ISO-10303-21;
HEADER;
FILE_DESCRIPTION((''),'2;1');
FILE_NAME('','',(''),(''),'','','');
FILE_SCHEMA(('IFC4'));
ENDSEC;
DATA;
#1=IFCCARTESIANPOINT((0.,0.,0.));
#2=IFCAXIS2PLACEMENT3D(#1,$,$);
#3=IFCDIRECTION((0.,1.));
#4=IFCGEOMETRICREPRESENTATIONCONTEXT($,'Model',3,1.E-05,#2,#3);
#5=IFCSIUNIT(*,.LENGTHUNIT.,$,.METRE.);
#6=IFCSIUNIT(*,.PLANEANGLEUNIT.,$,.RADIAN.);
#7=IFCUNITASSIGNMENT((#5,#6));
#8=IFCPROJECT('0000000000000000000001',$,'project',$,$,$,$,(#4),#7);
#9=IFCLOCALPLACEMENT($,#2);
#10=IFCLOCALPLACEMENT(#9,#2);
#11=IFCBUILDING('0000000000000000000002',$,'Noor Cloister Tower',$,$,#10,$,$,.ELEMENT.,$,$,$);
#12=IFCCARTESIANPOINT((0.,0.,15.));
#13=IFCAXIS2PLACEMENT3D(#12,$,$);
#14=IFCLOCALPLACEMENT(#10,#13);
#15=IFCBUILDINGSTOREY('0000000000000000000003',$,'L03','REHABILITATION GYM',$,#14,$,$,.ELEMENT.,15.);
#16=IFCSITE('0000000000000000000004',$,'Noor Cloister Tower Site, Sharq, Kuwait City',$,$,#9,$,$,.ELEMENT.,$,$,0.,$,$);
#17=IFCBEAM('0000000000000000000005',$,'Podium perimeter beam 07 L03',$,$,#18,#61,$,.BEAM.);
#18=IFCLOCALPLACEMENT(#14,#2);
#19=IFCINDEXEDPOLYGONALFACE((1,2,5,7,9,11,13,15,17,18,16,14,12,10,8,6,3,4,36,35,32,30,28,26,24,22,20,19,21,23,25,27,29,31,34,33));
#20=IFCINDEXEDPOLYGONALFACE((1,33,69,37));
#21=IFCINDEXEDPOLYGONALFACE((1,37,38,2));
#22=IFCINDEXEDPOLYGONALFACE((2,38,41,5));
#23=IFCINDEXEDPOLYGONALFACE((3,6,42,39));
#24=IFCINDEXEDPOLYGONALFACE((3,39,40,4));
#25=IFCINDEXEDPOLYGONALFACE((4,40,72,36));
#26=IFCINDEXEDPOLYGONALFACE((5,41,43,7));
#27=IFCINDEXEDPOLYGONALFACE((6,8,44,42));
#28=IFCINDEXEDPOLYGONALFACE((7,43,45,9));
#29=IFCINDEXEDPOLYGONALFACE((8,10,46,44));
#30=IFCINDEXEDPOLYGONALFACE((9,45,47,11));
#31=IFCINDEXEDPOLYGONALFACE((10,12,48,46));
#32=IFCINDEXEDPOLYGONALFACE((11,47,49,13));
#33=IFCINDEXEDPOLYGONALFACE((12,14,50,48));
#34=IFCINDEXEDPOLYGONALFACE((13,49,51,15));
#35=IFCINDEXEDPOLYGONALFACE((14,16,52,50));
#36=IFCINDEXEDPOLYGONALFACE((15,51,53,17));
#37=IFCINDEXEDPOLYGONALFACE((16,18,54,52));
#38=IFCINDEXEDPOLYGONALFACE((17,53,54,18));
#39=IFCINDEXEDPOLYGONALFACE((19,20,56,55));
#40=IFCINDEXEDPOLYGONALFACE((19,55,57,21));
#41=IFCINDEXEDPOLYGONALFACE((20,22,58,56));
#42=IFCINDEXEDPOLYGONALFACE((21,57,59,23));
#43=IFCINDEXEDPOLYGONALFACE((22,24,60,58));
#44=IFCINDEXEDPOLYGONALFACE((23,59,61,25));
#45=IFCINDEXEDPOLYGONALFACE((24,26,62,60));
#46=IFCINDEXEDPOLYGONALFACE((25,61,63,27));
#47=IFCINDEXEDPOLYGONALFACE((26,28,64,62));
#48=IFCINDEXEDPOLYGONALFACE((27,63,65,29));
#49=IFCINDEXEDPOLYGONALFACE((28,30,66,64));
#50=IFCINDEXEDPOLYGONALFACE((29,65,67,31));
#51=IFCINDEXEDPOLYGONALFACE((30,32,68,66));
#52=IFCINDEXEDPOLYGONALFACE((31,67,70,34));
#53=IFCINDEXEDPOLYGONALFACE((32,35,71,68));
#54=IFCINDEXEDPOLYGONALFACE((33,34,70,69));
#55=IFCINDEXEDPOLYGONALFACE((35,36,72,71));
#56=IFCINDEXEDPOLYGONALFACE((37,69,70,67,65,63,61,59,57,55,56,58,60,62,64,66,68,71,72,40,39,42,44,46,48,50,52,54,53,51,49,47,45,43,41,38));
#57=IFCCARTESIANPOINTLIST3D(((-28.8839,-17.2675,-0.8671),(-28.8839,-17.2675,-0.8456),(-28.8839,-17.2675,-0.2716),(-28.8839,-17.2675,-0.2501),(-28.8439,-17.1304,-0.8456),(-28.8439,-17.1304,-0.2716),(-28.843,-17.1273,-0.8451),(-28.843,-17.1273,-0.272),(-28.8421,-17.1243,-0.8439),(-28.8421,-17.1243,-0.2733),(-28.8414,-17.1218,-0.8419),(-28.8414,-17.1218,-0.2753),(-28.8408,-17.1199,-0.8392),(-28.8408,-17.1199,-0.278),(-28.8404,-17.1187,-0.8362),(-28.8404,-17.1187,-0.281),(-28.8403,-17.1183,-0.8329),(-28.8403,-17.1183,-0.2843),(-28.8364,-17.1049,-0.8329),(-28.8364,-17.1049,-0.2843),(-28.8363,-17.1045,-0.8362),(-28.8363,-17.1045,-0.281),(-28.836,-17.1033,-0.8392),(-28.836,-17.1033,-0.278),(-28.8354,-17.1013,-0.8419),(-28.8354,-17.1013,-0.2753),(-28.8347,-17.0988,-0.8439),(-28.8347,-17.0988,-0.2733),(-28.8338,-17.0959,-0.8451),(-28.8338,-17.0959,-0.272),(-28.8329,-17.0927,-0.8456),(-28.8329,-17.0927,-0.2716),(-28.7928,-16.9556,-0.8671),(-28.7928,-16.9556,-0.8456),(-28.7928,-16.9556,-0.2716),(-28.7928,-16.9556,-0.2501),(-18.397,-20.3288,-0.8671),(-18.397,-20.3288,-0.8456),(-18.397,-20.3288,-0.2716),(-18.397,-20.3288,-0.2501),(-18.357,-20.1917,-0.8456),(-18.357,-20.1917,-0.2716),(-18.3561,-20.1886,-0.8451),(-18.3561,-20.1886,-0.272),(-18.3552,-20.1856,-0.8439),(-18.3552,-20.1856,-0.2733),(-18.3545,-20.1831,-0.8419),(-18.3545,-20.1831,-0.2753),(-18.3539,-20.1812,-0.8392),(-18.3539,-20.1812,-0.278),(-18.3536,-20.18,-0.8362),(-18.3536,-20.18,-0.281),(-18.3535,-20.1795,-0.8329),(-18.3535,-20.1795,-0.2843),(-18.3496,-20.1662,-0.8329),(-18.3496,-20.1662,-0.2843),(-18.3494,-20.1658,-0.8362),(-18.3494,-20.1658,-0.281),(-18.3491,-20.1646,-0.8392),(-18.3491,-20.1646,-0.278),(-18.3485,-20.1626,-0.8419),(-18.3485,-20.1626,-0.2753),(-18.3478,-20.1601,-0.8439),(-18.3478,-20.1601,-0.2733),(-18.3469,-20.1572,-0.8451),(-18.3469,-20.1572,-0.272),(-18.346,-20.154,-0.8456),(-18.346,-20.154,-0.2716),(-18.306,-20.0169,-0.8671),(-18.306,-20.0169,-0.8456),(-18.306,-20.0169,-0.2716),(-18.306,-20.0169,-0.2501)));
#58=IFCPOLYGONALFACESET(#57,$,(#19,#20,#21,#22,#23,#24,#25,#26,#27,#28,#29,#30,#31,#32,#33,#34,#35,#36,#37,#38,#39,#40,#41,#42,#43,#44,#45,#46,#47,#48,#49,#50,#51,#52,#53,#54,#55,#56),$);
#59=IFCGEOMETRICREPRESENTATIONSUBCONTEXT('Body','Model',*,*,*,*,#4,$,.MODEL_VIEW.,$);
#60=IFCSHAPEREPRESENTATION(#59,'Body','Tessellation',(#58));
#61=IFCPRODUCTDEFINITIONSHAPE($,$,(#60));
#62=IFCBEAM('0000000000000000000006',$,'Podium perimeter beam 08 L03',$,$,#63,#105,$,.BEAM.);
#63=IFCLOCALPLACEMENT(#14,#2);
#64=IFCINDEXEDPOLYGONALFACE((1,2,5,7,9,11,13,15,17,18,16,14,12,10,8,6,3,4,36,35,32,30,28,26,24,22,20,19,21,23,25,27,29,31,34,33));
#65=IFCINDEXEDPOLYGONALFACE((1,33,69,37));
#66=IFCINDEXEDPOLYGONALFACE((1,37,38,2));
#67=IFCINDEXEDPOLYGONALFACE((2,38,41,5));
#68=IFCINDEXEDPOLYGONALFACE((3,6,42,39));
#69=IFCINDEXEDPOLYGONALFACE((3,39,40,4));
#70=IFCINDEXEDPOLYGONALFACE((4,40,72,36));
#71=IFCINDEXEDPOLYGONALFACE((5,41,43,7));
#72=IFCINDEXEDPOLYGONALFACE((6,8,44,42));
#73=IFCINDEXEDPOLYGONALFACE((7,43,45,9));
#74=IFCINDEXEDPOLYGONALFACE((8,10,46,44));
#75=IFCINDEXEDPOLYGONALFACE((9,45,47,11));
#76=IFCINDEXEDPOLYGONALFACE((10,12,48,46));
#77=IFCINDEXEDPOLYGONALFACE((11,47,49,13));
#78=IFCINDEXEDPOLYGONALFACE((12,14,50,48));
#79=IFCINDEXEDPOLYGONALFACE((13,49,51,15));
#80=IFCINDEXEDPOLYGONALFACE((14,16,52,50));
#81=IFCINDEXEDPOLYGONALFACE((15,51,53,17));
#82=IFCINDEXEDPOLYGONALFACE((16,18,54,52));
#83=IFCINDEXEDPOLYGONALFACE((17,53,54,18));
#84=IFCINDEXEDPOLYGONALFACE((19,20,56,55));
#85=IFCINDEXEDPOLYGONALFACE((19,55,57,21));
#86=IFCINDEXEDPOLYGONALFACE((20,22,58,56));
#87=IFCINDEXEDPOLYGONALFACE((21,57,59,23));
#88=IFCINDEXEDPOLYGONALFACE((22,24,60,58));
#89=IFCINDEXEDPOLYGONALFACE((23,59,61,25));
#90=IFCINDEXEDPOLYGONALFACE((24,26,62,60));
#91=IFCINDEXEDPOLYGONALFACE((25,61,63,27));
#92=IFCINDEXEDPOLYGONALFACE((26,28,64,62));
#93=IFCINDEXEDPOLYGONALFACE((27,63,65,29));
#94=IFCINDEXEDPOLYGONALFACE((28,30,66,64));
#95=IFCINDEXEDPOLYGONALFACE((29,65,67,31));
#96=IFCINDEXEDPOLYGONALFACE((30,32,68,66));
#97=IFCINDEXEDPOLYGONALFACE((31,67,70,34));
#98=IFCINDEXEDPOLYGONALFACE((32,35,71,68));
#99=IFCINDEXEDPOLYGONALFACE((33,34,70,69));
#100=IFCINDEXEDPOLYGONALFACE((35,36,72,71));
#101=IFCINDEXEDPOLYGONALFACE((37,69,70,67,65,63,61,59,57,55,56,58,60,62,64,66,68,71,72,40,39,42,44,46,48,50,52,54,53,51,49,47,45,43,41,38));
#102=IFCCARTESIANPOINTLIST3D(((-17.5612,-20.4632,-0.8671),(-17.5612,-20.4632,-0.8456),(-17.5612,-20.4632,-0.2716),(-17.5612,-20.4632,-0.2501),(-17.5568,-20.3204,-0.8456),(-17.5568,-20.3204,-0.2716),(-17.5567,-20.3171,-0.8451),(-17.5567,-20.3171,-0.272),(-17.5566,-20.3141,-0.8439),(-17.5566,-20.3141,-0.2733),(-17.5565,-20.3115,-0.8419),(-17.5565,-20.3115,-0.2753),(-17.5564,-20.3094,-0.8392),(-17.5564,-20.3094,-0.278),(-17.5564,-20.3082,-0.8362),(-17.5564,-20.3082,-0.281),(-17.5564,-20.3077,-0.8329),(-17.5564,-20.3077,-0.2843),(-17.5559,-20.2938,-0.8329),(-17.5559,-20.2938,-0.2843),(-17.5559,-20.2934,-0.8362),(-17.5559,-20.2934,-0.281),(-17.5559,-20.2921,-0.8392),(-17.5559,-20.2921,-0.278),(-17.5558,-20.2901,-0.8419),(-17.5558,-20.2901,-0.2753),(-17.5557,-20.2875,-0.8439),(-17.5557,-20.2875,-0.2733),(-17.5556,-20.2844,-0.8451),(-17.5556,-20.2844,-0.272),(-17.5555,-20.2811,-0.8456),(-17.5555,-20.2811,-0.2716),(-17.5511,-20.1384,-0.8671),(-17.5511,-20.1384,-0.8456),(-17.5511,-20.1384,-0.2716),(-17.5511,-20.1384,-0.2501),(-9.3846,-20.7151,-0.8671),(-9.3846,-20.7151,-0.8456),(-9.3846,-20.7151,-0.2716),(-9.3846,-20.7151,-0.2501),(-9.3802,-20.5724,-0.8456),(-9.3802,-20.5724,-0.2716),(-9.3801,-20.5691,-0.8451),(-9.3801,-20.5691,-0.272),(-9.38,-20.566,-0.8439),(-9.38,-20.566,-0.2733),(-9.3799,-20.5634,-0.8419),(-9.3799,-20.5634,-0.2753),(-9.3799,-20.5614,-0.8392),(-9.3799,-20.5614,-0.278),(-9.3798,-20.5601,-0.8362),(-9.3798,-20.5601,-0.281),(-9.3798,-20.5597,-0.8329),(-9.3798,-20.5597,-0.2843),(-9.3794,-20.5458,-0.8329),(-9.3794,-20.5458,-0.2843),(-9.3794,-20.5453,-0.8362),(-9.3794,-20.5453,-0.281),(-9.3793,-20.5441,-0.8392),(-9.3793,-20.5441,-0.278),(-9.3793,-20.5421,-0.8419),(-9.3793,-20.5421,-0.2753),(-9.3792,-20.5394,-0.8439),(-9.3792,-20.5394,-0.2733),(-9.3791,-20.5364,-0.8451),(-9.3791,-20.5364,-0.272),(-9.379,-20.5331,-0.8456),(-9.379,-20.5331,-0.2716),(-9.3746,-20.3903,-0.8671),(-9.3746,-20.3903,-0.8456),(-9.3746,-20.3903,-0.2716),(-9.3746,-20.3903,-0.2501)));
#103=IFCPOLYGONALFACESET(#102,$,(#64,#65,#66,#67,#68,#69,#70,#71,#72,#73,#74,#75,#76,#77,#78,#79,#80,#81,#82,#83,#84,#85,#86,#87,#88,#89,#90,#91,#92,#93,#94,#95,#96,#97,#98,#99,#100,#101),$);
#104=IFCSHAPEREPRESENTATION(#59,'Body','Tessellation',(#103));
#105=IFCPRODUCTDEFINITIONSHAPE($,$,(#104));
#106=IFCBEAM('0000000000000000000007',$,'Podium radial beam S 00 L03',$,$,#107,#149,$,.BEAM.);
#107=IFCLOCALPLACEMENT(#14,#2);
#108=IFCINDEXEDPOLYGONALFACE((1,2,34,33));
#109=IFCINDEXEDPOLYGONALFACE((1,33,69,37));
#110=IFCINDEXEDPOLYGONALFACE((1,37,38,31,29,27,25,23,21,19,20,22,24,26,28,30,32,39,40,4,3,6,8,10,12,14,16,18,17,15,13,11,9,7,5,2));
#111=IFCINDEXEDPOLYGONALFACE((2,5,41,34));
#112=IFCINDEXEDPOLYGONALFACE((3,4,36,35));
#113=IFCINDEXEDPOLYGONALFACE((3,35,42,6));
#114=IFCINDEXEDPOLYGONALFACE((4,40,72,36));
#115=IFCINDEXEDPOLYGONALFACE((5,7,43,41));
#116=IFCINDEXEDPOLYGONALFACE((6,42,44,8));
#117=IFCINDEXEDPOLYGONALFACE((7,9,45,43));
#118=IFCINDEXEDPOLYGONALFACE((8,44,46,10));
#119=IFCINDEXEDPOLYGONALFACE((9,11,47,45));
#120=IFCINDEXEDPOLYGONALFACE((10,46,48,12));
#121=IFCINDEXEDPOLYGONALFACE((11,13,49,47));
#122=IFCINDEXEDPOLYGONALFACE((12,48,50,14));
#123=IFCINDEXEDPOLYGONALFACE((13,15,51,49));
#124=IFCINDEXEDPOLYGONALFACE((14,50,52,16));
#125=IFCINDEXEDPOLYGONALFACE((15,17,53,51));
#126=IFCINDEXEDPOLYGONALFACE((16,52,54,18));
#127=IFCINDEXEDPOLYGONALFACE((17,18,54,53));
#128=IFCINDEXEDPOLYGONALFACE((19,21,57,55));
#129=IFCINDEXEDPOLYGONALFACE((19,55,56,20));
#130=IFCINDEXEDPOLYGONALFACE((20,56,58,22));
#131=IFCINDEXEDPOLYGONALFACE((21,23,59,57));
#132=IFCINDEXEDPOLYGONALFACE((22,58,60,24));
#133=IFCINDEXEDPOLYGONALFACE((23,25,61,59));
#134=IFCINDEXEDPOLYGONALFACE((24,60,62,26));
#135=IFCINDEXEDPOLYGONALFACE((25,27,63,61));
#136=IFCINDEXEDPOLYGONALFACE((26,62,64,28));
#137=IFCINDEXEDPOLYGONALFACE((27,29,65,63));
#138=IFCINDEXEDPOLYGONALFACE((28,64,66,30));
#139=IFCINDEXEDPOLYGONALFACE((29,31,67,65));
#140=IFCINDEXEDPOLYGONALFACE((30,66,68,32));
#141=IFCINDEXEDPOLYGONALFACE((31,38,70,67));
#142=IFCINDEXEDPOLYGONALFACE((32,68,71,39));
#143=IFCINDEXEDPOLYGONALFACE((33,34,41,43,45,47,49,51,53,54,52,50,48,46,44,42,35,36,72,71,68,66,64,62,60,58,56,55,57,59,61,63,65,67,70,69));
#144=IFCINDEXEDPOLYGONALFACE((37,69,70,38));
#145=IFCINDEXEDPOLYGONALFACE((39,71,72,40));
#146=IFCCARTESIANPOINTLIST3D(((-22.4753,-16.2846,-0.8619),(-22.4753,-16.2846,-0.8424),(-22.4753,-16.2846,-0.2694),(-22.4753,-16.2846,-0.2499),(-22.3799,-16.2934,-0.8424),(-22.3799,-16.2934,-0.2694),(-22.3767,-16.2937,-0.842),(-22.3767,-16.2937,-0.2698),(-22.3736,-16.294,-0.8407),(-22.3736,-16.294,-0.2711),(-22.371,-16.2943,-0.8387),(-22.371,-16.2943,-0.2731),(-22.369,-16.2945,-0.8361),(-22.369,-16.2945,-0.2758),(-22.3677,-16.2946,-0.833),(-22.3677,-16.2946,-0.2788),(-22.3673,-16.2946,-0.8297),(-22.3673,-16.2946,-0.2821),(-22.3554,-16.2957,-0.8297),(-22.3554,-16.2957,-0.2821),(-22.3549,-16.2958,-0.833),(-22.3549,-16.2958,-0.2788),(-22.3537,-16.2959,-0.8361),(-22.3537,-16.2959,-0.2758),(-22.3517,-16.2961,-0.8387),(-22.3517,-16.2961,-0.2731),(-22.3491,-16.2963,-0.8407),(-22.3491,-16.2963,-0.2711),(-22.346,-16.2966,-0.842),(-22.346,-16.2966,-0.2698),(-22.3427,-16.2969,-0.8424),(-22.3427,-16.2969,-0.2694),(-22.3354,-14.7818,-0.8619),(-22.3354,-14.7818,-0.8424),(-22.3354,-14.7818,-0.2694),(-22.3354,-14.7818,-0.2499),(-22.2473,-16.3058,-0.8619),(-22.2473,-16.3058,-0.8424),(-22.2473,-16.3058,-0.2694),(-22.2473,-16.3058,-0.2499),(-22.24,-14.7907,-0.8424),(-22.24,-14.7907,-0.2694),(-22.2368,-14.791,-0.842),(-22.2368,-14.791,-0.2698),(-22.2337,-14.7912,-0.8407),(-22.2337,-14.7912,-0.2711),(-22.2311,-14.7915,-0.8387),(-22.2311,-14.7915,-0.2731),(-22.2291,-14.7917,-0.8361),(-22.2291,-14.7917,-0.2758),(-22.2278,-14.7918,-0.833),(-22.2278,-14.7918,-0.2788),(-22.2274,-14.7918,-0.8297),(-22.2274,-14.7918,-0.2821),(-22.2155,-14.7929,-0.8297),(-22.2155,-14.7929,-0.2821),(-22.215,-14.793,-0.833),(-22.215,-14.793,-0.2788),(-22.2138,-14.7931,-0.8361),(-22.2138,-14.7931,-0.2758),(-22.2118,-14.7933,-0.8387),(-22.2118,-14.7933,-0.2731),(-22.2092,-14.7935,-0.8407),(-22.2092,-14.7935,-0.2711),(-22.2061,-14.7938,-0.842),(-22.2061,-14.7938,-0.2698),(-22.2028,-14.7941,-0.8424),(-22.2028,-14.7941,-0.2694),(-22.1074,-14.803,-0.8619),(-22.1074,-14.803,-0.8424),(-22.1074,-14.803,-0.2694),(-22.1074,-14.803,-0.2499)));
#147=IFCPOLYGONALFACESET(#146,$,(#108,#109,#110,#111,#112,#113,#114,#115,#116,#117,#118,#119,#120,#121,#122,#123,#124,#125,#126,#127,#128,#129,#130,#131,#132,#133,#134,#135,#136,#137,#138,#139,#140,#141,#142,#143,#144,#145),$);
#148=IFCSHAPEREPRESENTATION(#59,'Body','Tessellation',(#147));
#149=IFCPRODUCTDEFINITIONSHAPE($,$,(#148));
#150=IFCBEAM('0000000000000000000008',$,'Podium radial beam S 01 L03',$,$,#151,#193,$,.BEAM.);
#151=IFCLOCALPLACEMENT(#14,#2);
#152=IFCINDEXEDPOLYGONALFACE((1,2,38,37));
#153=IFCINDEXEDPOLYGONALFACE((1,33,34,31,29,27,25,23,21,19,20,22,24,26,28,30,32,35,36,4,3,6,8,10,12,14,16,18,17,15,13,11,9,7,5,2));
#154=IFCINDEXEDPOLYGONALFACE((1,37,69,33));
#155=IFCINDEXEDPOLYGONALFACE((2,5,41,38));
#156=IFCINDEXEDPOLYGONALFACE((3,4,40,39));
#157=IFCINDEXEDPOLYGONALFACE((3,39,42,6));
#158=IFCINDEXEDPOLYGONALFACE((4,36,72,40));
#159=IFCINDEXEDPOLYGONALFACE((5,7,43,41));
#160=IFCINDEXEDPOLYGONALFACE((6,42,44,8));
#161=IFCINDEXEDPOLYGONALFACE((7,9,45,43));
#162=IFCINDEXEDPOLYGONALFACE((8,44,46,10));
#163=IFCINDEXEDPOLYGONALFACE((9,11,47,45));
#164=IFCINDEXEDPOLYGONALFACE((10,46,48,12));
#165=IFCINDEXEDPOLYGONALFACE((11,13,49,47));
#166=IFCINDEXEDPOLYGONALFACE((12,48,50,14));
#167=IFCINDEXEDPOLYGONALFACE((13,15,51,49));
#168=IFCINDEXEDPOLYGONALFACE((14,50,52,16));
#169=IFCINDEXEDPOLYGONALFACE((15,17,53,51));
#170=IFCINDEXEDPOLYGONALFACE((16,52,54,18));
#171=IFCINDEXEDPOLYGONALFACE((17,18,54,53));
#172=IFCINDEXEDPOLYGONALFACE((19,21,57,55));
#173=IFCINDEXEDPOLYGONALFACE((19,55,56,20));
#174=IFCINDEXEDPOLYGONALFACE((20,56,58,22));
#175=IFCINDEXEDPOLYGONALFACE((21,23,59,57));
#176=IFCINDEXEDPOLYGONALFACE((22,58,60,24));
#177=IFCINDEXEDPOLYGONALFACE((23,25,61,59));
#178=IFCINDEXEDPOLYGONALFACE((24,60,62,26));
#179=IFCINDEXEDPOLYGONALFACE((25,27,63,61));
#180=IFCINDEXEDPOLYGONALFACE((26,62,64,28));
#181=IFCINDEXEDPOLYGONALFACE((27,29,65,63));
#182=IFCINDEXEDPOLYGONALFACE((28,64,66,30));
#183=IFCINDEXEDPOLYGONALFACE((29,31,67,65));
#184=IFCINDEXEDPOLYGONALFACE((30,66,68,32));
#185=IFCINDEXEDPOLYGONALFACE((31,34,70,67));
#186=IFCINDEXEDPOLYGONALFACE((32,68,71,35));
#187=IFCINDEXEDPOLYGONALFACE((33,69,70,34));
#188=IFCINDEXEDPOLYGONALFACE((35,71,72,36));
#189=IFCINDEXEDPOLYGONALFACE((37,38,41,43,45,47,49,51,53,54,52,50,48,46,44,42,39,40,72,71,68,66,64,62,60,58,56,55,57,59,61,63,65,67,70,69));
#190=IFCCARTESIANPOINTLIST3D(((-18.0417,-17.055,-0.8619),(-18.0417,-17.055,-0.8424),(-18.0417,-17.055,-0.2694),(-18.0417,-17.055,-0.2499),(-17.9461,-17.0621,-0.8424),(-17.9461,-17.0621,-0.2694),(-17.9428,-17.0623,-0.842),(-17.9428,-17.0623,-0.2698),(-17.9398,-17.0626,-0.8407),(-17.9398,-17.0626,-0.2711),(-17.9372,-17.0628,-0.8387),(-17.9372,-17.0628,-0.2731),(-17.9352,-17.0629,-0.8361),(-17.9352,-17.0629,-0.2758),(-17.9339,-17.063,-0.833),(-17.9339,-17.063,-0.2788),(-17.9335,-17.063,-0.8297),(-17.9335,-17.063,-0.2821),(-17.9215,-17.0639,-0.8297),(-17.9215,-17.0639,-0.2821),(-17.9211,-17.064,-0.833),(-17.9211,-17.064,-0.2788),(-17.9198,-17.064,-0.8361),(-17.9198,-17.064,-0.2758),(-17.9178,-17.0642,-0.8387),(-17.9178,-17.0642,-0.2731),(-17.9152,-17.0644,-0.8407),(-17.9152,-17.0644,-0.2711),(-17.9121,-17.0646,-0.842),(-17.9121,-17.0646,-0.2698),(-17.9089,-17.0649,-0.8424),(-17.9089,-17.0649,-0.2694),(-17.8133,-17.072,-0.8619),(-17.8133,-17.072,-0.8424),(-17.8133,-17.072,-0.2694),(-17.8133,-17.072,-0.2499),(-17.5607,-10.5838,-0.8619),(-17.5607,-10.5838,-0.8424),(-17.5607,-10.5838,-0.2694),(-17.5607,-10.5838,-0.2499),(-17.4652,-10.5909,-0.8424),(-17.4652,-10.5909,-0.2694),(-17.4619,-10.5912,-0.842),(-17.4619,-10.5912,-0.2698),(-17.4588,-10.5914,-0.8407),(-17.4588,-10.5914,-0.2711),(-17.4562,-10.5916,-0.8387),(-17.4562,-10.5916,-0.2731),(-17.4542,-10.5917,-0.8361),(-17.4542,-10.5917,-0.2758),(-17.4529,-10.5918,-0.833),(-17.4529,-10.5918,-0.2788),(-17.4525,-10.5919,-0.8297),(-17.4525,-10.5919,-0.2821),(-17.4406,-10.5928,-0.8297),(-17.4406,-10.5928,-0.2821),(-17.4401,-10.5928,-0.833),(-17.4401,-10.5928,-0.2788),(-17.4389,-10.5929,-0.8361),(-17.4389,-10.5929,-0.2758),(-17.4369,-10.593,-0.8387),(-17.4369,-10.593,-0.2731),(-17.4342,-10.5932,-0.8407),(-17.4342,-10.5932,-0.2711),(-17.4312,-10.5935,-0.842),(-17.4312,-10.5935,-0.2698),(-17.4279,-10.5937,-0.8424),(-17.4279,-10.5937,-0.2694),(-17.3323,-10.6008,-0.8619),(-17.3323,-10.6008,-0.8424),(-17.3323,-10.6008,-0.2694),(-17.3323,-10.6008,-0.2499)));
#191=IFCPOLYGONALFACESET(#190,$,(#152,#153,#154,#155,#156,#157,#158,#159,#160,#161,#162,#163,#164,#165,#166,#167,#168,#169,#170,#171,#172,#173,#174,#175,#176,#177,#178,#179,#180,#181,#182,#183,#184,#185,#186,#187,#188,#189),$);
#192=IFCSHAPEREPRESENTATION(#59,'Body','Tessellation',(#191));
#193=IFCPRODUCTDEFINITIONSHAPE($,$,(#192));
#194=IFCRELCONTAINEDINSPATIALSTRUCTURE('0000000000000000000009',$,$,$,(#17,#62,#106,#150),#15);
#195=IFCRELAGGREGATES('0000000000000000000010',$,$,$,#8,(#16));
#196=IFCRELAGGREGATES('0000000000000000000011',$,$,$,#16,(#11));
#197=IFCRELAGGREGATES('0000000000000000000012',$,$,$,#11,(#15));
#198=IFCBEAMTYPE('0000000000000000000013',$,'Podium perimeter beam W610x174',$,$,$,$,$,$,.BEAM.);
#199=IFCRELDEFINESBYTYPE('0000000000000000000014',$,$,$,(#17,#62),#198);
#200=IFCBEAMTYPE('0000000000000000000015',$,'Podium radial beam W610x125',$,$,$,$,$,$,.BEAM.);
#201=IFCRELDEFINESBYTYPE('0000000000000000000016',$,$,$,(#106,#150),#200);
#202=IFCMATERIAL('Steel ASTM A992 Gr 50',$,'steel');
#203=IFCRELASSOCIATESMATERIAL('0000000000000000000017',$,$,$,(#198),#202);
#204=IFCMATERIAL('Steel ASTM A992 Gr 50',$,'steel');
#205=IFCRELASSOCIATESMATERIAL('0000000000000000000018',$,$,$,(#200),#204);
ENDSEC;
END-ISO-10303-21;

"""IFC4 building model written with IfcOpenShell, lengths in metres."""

from ifc_helpers import new_model, si_unit, direction, frame, origin, origin_2d, place, context, subcontext, project, spatial, i_section, extrude, material, material_profile, profile_set, type_object, element, save


model = new_model("IFC4")

# Units and contexts
model_context = context("Model", 3, precision=1e-05, world=origin(), true_north=direction((0.0, 1.0)))
body_context = subcontext(model_context, "Body", "Model", "MODEL_VIEW")
ifc_project = project(units=[si_unit("LENGTHUNIT", "METRE"), si_unit("PLANEANGLEUNIT", "RADIAN")], contexts=[model_context])

# Site, building, storey
site_placement = place(None, origin())
site = spatial("IfcSite", under=ifc_project, at=site_placement, Name="Noor Cloister Tower Site, Sharq, Kuwait City", CompositionType="ELEMENT", RefElevation=0.0)
building_placement = place(site_placement, origin())
building = spatial("IfcBuilding", under=site, at=building_placement, Name="Noor Cloister Tower", CompositionType="ELEMENT")
storey_placement = place(building_placement, frame((0.0, 0.0, 15.0)))
storey = spatial("IfcBuildingStorey", under=building, at=storey_placement, Name="L03", Description="REHABILITATION GYM", CompositionType="ELEMENT", Elevation=15.0)

# Beams
ifc_material_1 = material(Name="Steel ASTM A992 Gr 50", Category="steel")
ifc_material_profile_1 = material_profile(ifc_material_1, i_section(OverallWidth=0.325, OverallDepth=0.6169, WebThickness=0.0139, FlangeThickness=0.0215, FilletRadius=0.0127, at=origin_2d()), Name="W610x174")
ifc_profile_set_1 = profile_set([ifc_material_profile_1], Name="Steel ASTM A992 Gr 50")
beam_type_1 = type_object("IfcBeamType", Name="Podium perimeter beam W610x174", PredefinedType="BEAM", material=ifc_profile_set_1)
beam_1_placement = place(storey_placement, frame((-28.8384, -17.1116, -0.5586), z_axis=(0.959935, -0.280221, 0.0), x_axis=(0.280221, 0.959935, 0.0)))
element("IfcBeam", 1, at=beam_1_placement, inside=storey, type_object=beam_type_1, Name="Podium perimeter beam 07 L03", PredefinedType="BEAM", context=body_context, shape_type="SweptSolid", body=[
    extrude(i_section(OverallWidth=0.325, OverallDepth=0.6169, WebThickness=0.0139, FlangeThickness=0.0215, FilletRadius=0.0127, at=origin_2d()), origin(), (0.0, 0.0, 1.0), 10.9246),
])
beam_2_placement = place(storey_placement, frame((-17.5562, -20.3008, -0.5586), z_axis=(0.999526, -0.0308, 0.0), x_axis=(0.0308, 0.999526, 0.0)))
element("IfcBeam", 2, at=beam_2_placement, inside=storey, type_object=beam_type_1, Name="Podium perimeter beam 08 L03", PredefinedType="BEAM", context=body_context, shape_type="SweptSolid", body=[
    extrude(i_section(OverallWidth=0.325, OverallDepth=0.6169, WebThickness=0.0139, FlangeThickness=0.0215, FilletRadius=0.0127, at=origin_2d()), origin(), (0.0, 0.0, 1.0), 8.1804),
])
ifc_material_2 = material(Name="Steel ASTM A992 Gr 50", Category="steel")
ifc_material_profile_2 = material_profile(ifc_material_2, i_section(OverallWidth=0.229, OverallDepth=0.6121, WebThickness=0.012, FlangeThickness=0.0195, FilletRadius=0.0127, at=origin_2d()), Name="W610x125")
ifc_profile_set_2 = profile_set([ifc_material_profile_2], Name="Steel ASTM A992 Gr 50")
beam_type_2 = type_object("IfcBeamType", Name="Podium radial beam W610x125", PredefinedType="BEAM", material=ifc_profile_set_2)
beam_3_placement = place(storey_placement, frame((-22.3613, -16.2952, -0.5559), z_axis=(0.092694, 0.995695, 0.0), x_axis=(-0.995695, 0.092694, 0.0)))
element("IfcBeam", 3, at=beam_3_placement, inside=storey, type_object=beam_type_2, Name="Podium radial beam S 00 L03", PredefinedType="BEAM", context=body_context, shape_type="SweptSolid", body=[
    extrude(i_section(OverallWidth=0.229, OverallDepth=0.6121, WebThickness=0.012, FlangeThickness=0.0195, FilletRadius=0.0127, at=origin_2d()), origin(), (0.0, 0.0, 1.0), 1.5093),
])
beam_4_placement = place(storey_placement, frame((-17.9275, -17.0635, -0.5559), z_axis=(0.074118, 0.997249, 0.0), x_axis=(-0.997249, 0.074118, 0.0)))
element("IfcBeam", 4, at=beam_4_placement, inside=storey, type_object=beam_type_2, Name="Podium radial beam S 01 L03", PredefinedType="BEAM", context=body_context, shape_type="SweptSolid", body=[
    extrude(i_section(OverallWidth=0.229, OverallDepth=0.6121, WebThickness=0.012, FlangeThickness=0.0195, FilletRadius=0.0127, at=origin_2d()), origin(), (0.0, 0.0, 1.0), 6.489),
])

save(model, "model.ifc")
